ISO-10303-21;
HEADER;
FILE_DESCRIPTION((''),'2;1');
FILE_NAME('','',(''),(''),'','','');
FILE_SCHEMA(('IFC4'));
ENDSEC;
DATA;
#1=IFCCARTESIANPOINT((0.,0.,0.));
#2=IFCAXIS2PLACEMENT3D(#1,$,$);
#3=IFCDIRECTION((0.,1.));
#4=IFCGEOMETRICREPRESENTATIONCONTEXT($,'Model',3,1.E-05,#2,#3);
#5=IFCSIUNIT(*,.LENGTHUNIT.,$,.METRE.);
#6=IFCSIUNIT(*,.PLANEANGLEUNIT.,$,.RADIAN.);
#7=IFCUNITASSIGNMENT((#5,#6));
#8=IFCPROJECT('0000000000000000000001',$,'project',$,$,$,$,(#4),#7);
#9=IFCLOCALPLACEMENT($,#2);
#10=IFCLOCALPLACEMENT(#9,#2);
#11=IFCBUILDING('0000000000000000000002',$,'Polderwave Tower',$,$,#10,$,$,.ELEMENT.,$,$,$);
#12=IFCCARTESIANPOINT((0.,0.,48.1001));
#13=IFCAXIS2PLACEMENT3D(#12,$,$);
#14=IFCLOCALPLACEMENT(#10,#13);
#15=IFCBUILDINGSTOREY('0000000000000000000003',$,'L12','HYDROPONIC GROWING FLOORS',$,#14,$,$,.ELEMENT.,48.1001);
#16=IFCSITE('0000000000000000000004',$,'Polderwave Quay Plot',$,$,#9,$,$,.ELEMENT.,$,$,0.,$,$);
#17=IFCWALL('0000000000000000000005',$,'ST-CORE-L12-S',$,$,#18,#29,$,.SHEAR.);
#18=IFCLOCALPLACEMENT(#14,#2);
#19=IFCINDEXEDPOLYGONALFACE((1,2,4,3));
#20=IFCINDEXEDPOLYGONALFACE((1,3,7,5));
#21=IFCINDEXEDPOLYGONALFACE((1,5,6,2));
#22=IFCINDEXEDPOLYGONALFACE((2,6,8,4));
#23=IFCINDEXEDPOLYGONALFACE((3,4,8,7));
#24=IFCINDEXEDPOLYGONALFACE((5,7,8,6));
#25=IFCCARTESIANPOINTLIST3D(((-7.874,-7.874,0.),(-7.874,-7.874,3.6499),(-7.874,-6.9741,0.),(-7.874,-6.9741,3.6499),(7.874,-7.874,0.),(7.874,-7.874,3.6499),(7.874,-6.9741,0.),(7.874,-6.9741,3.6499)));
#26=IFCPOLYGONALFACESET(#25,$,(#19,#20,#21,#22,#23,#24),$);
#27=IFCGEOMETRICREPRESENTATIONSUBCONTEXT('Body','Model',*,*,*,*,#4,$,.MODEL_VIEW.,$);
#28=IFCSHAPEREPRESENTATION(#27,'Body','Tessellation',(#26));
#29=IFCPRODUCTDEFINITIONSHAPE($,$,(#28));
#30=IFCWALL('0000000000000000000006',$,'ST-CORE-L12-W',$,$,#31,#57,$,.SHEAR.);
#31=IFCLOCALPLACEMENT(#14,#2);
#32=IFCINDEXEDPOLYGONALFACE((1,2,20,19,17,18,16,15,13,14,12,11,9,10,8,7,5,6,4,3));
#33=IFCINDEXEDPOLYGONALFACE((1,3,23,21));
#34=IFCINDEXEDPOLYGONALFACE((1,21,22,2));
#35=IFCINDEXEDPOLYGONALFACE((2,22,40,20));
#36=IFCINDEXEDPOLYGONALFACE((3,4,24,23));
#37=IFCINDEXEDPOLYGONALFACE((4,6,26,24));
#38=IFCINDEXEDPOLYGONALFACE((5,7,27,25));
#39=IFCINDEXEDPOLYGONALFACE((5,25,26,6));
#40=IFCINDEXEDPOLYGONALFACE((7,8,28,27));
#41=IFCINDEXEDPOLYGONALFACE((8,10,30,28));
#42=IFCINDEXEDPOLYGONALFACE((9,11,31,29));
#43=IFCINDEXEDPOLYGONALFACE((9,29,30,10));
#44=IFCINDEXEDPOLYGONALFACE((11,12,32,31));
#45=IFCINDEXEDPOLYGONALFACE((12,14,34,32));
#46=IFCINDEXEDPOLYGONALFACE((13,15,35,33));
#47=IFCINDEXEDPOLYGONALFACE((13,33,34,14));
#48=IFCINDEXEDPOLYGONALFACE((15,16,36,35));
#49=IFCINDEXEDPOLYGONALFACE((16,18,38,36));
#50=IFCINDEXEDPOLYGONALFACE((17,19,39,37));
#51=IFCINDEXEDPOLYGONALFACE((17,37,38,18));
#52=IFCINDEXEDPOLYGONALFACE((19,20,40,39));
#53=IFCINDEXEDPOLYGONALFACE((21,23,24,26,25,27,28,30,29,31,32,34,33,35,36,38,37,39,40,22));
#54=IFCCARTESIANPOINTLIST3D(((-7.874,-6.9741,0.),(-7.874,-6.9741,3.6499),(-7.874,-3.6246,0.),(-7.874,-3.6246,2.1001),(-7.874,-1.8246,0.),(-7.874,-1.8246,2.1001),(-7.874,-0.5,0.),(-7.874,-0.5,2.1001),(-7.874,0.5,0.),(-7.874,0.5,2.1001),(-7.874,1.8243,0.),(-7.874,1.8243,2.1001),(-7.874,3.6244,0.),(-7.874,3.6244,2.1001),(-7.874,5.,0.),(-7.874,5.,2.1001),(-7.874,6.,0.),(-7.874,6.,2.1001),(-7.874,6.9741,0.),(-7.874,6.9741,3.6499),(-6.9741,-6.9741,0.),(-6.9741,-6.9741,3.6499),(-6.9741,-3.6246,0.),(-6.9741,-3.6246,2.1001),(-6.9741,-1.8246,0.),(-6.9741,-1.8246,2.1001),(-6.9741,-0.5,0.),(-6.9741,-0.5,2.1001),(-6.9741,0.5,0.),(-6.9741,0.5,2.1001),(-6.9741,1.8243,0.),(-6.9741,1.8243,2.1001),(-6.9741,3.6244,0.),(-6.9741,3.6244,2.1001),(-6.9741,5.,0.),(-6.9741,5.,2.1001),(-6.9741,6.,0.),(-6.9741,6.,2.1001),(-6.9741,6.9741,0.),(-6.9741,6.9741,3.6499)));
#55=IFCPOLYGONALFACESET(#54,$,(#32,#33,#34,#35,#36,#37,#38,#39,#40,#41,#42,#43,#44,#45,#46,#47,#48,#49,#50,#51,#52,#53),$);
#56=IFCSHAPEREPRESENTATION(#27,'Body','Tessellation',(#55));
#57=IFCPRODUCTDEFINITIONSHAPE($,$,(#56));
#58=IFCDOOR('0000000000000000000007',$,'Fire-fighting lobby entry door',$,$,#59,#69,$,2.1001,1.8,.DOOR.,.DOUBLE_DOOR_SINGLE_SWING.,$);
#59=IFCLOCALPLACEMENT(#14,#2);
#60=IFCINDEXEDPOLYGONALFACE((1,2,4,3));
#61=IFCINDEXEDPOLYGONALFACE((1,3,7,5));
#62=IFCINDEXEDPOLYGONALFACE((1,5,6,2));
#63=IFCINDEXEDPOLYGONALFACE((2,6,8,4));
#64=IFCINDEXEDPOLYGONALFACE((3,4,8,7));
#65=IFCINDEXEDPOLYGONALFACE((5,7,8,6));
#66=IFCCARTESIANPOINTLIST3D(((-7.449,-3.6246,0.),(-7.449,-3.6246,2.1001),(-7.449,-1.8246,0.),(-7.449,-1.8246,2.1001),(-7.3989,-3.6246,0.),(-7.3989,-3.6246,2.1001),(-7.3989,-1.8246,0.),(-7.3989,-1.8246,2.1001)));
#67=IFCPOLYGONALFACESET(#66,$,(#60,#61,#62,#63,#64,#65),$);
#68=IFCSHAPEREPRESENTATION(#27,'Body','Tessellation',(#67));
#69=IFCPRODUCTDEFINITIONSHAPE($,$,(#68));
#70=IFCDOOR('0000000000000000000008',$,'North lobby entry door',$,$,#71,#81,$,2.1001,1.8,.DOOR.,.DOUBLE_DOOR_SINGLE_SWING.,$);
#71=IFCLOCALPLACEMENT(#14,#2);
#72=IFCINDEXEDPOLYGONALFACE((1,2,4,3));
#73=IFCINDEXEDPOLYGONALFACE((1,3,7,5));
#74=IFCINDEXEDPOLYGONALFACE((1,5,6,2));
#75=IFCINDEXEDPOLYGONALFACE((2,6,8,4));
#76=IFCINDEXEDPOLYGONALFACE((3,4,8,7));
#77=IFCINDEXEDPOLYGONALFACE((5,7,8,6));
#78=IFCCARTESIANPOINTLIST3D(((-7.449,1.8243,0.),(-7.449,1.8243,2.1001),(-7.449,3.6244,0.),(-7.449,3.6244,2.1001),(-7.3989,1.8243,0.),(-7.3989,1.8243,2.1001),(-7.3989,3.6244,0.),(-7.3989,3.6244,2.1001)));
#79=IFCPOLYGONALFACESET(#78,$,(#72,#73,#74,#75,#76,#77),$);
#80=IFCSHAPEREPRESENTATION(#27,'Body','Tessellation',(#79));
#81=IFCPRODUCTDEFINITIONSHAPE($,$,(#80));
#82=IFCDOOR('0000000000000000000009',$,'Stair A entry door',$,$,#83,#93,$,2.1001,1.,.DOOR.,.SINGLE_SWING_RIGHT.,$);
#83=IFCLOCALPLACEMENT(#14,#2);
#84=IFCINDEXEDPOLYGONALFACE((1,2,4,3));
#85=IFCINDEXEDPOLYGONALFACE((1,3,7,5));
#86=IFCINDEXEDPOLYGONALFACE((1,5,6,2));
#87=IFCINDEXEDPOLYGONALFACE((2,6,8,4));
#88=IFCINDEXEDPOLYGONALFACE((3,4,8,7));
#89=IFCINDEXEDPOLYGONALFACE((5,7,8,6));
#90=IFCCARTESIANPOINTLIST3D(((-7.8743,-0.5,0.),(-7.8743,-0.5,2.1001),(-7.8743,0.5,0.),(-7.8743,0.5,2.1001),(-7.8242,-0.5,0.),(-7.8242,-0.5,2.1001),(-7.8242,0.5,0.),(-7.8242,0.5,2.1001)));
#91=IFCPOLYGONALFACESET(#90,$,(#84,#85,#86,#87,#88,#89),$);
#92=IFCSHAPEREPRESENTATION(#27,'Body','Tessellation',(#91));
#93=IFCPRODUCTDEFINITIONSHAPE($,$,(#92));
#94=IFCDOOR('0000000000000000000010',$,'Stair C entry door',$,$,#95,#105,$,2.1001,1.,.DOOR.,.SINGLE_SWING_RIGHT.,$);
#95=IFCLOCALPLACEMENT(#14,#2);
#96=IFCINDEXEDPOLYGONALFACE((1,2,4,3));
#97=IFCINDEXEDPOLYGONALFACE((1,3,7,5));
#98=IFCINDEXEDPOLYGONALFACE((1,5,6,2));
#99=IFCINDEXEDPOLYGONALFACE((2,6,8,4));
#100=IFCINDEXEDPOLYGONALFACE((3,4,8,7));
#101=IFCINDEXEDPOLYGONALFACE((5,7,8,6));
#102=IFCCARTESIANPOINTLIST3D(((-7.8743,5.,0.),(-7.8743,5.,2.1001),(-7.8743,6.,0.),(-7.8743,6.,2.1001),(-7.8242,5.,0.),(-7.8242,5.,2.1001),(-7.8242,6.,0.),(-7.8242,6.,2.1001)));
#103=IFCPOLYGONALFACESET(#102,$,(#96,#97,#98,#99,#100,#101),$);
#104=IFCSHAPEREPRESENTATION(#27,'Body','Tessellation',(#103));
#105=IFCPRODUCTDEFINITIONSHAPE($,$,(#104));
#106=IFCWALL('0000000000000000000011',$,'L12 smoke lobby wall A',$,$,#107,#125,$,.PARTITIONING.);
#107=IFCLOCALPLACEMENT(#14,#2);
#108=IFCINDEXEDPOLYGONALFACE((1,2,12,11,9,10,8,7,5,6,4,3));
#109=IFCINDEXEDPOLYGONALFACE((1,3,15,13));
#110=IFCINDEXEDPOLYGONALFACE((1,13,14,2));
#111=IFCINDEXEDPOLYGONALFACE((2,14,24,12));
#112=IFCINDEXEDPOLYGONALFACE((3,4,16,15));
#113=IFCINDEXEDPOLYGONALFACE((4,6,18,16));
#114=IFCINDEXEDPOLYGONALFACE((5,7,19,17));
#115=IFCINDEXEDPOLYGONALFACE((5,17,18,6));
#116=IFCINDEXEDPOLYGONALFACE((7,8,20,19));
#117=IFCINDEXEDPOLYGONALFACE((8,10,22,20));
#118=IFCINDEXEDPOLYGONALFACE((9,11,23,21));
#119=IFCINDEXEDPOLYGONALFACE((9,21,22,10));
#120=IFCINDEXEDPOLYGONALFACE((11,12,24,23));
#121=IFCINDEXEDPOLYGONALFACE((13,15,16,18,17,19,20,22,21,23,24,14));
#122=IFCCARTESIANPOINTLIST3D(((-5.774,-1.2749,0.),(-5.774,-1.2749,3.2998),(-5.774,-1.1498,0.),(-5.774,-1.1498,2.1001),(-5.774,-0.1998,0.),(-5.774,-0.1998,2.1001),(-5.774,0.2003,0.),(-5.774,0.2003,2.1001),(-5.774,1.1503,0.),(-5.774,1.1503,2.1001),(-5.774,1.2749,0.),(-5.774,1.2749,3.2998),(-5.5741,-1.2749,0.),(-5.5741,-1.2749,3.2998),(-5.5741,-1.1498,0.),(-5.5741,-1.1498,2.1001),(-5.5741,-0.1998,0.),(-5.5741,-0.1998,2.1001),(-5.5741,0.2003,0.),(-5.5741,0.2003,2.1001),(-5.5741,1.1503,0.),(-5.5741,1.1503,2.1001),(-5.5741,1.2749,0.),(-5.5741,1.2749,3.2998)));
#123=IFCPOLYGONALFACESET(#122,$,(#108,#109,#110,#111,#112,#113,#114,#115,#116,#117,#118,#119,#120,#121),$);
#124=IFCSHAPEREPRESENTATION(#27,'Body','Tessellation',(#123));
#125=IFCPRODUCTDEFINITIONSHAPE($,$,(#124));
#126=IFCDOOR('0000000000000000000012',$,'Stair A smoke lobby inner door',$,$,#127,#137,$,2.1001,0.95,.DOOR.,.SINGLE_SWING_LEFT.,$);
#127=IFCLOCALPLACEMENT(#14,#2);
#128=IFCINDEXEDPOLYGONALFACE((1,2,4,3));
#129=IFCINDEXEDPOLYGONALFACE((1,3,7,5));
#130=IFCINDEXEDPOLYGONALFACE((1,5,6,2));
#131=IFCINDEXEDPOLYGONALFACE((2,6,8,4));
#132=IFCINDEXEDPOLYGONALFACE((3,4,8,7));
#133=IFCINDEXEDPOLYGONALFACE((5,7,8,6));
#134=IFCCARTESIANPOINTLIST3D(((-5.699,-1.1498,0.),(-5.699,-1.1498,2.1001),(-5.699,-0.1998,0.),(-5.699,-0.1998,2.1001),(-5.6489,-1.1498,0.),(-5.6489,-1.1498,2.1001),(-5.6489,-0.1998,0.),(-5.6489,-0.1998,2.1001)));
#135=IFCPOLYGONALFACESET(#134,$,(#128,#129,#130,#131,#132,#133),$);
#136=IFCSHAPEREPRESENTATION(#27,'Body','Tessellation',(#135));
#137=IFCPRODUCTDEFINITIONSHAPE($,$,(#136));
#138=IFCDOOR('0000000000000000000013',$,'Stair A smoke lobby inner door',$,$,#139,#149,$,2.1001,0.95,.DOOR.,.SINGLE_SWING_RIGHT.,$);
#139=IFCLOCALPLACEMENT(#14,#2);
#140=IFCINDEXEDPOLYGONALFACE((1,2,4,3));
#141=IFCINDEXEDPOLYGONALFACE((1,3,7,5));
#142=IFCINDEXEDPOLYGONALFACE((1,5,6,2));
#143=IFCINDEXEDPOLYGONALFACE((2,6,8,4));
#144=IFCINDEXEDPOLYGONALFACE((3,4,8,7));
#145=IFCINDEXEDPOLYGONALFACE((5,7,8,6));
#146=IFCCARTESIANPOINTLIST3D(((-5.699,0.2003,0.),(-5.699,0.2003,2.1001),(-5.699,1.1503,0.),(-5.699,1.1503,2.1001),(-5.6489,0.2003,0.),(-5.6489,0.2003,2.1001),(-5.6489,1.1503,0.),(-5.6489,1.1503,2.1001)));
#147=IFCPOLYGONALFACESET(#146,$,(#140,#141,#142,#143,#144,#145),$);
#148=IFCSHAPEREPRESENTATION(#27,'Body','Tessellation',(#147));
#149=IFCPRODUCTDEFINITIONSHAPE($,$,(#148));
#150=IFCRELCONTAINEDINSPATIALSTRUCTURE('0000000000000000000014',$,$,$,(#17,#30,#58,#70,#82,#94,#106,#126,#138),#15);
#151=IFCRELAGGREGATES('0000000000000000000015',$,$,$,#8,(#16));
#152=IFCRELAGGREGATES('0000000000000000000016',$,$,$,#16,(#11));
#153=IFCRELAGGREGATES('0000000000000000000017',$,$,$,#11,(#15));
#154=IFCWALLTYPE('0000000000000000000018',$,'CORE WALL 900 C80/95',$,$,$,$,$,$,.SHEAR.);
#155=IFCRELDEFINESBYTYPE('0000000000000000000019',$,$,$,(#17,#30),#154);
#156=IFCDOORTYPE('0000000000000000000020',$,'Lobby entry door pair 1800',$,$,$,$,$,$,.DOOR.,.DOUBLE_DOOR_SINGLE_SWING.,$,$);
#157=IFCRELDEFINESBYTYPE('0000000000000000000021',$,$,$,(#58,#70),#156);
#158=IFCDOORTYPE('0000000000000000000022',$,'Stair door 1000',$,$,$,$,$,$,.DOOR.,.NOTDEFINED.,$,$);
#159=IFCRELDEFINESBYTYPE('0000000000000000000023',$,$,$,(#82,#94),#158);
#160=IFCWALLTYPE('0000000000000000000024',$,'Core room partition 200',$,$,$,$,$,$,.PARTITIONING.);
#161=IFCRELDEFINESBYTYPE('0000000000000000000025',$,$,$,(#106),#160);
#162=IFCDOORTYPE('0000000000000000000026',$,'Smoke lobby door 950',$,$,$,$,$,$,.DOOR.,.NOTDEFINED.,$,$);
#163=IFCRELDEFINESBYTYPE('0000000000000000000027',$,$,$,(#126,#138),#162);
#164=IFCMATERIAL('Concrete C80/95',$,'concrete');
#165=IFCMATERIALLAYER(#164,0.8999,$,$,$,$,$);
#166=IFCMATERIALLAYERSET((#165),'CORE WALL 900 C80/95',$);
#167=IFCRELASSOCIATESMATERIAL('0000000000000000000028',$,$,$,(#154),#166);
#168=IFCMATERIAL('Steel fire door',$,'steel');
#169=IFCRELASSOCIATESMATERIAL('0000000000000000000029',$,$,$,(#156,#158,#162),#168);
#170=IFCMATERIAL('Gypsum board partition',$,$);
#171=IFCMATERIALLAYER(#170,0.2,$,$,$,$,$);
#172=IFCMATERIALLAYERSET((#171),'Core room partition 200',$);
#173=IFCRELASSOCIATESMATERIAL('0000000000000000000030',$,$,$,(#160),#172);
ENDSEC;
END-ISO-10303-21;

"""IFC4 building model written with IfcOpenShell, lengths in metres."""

from ifc_helpers import new_model, si_unit, direction, frame, frame_2d, origin, place, context, subcontext, project, spatial, rectangle, extrude, material, layer, layer_set, type_object, element, fill, save


model = new_model("IFC4")

# Units and contexts
model_context = context("Model", 3, precision=1e-05, world=origin(), true_north=direction((0.0, 1.0)))
body_context = subcontext(model_context, "Body", "Model", "MODEL_VIEW")
ifc_project = project(units=[si_unit("LENGTHUNIT", "METRE"), si_unit("PLANEANGLEUNIT", "RADIAN")], contexts=[model_context])

# Site, building, storey
site_placement = place(None, origin())
site = spatial("IfcSite", under=ifc_project, at=site_placement, Name="Polderwave Quay Plot", CompositionType="ELEMENT", RefElevation=0.0)
building_placement = place(site_placement, origin())
building = spatial("IfcBuilding", under=site, at=building_placement, Name="Polderwave Tower", CompositionType="ELEMENT")
storey_placement = place(building_placement, frame((0.0, 0.0, 48.1001)))
storey = spatial("IfcBuildingStorey", under=building, at=storey_placement, Name="L12", Description="HYDROPONIC GROWING FLOORS", CompositionType="ELEMENT", Elevation=48.1001)

# Wall
ifc_material_1 = material(Name="Concrete C80/95", Category="concrete")
ifc_layer_1 = layer(ifc_material_1, 0.8999)
ifc_layer_set_1 = layer_set([ifc_layer_1], Name="CORE WALL 900 C80/95")
wall_type_1 = type_object("IfcWallType", Name="CORE WALL 900 C80/95", PredefinedType="SHEAR", material=ifc_layer_set_1)
wall_1_placement = place(storey_placement, frame((-7.874, -7.4241, 0.0), z_axis=(0.0, 0.0, 1.0), x_axis=(1.0, 0.0, 0.0)))
element("IfcWall", 1, at=wall_1_placement, inside=storey, type_object=wall_type_1, Name="ST-CORE-L12-S", PredefinedType="SHEAR", context=body_context, shape_type="SweptSolid", body=[
    extrude(rectangle(XDim=15.748, YDim=0.8999, at=frame_2d((7.874, 0.0))), origin(), (0.0, 0.0, 1.0), 3.6499),
])

# Walls, openings, doors
wall_2_placement = place(storey_placement, frame((-7.4241, -6.9741, 0.0), z_axis=(0.0, 0.0, 1.0), x_axis=(0.0, 1.0, 0.0)))
wall_2 = element("IfcWall", 2, at=wall_2_placement, inside=storey, type_object=wall_type_1, Name="ST-CORE-L12-W", PredefinedType="SHEAR", context=body_context, shape_type="SweptSolid", body=[
    extrude(rectangle(XDim=13.9482, YDim=0.8999, at=frame_2d((6.9741, 0.0))), origin(), (0.0, 0.0, 1.0), 3.6499),
])
opening_1_placement = place(wall_2_placement, frame((6.4741, 0.0, 0.0)))
opening_1 = element("IfcOpeningElement", 3, at=opening_1_placement, cuts=wall_2, PredefinedType="OPENING", context=body_context, shape_type="SweptSolid", body=[
    extrude(rectangle(XDim=1.0, YDim=2.1001, at=frame_2d((0.5, 1.05))), frame((0.0, 0.46, 0.0), z_axis=(0.0, -1.0, 0.0), x_axis=(1.0, 0.0, 0.0)), (0.0, 0.0, 1.0), 0.9199),
])
opening_2_placement = place(wall_2_placement, frame((3.3496, 0.0, 0.0)))
opening_2 = element("IfcOpeningElement", 4, at=opening_2_placement, cuts=wall_2, PredefinedType="OPENING", context=body_context, shape_type="SweptSolid", body=[
    extrude(rectangle(XDim=1.8, YDim=2.1001, at=frame_2d((0.8999, 1.05))), frame((0.0, 0.46, 0.0), z_axis=(0.0, -1.0, 0.0), x_axis=(1.0, 0.0, 0.0)), (0.0, 0.0, 1.0), 0.9199),
])
opening_3_placement = place(wall_2_placement, frame((8.7986, 0.0, 0.0)))
opening_3 = element("IfcOpeningElement", 5, at=opening_3_placement, cuts=wall_2, PredefinedType="OPENING", context=body_context, shape_type="SweptSolid", body=[
    extrude(rectangle(XDim=1.8, YDim=2.1001, at=frame_2d((0.8999, 1.05))), frame((0.0, 0.46, 0.0), z_axis=(0.0, -1.0, 0.0), x_axis=(1.0, 0.0, 0.0)), (0.0, 0.0, 1.0), 0.9199),
])
opening_4_placement = place(wall_2_placement, frame((11.9741, 0.0, 0.0)))
opening_4 = element("IfcOpeningElement", 6, at=opening_4_placement, cuts=wall_2, PredefinedType="OPENING", context=body_context, shape_type="SweptSolid", body=[
    extrude(rectangle(XDim=1.0, YDim=2.1001, at=frame_2d((0.5, 1.05))), frame((0.0, 0.46, 0.0), z_axis=(0.0, -1.0, 0.0), x_axis=(1.0, 0.0, 0.0)), (0.0, 0.0, 1.0), 0.9199),
])
ifc_material_2 = material(Name="Steel fire door", Category="steel")
door_type_1 = type_object("IfcDoorType", Name="Lobby entry door pair 1800", OperationType="DOUBLE_DOOR_SINGLE_SWING", PredefinedType="DOOR", material=ifc_material_2)
door_1_placement = place(opening_2_placement, origin())
door_1 = element("IfcDoor", 7, at=door_1_placement, inside=storey, type_object=door_type_1, Name="Fire-fighting lobby entry door", OperationType="DOUBLE_DOOR_SINGLE_SWING", OverallHeight=2.1001, OverallWidth=1.8, PredefinedType="DOOR", context=body_context, shape_type="SweptSolid", body=[
    extrude(rectangle(XDim=1.8, YDim=2.1001, at=frame_2d((0.8999, 1.05))), frame((0.0, 0.0249, 0.0), z_axis=(0.0, -1.0, 0.0), x_axis=(1.0, 0.0, 0.0)), (0.0, 0.0, 1.0), 0.05),
])
fill(opening_2, door_1)
door_2_placement = place(opening_3_placement, origin())
door_2 = element("IfcDoor", 8, at=door_2_placement, inside=storey, type_object=door_type_1, Name="North lobby entry door", OperationType="DOUBLE_DOOR_SINGLE_SWING", OverallHeight=2.1001, OverallWidth=1.8, PredefinedType="DOOR", context=body_context, shape_type="SweptSolid", body=[
    extrude(rectangle(XDim=1.8, YDim=2.1001, at=frame_2d((0.8999, 1.05))), frame((0.0, 0.0249, 0.0), z_axis=(0.0, -1.0, 0.0), x_axis=(1.0, 0.0, 0.0)), (0.0, 0.0, 1.0), 0.05),
])
fill(opening_3, door_2)
door_type_2 = type_object("IfcDoorType", Name="Stair door 1000", OperationType="NOTDEFINED", PredefinedType="DOOR", material=ifc_material_2)
door_3_placement = place(opening_1_placement, origin())
door_3 = element("IfcDoor", 9, at=door_3_placement, inside=storey, type_object=door_type_2, Name="Stair A entry door", OperationType="SINGLE_SWING_RIGHT", OverallHeight=2.1001, OverallWidth=1.0, PredefinedType="DOOR", context=body_context, shape_type="SweptSolid", body=[
    extrude(rectangle(XDim=1.0, YDim=2.1001, at=frame_2d((0.5, 1.05))), frame((0.0, 0.4502, 0.0), z_axis=(0.0, -1.0, 0.0), x_axis=(1.0, 0.0, 0.0)), (0.0, 0.0, 1.0), 0.05),
])
fill(opening_1, door_3)
door_4_placement = place(opening_4_placement, origin())
door_4 = element("IfcDoor", 10, at=door_4_placement, inside=storey, type_object=door_type_2, Name="Stair C entry door", OperationType="SINGLE_SWING_RIGHT", OverallHeight=2.1001, OverallWidth=1.0, PredefinedType="DOOR", context=body_context, shape_type="SweptSolid", body=[
    extrude(rectangle(XDim=1.0, YDim=2.1001, at=frame_2d((0.5, 1.05))), frame((0.0, 0.4502, 0.0), z_axis=(0.0, -1.0, 0.0), x_axis=(1.0, 0.0, 0.0)), (0.0, 0.0, 1.0), 0.05),
])
fill(opening_4, door_4)
ifc_material_3 = material(Name="Gypsum board partition")
ifc_layer_2 = layer(ifc_material_3, 0.2)
ifc_layer_set_2 = layer_set([ifc_layer_2], Name="Core room partition 200")
wall_type_2 = type_object("IfcWallType", Name="Core room partition 200", PredefinedType="PARTITIONING", material=ifc_layer_set_2)
wall_3_placement = place(storey_placement, frame((-5.6741, -1.2749, 0.0), z_axis=(0.0, 0.0, 1.0), x_axis=(0.0, 1.0, 0.0)))
wall_3 = element("IfcWall", 11, at=wall_3_placement, inside=storey, type_object=wall_type_2, Name="L12 smoke lobby wall A", PredefinedType="PARTITIONING", context=body_context, shape_type="SweptSolid", body=[
    extrude(rectangle(XDim=2.5498, YDim=0.2, at=frame_2d((1.2749, 0.0))), origin(), (0.0, 0.0, 1.0), 3.2998),
])
opening_5_placement = place(wall_3_placement, frame((0.125, 0.0, 0.0)))
opening_5 = element("IfcOpeningElement", 12, at=opening_5_placement, cuts=wall_3, PredefinedType="OPENING", context=body_context, shape_type="SweptSolid", body=[
    extrude(rectangle(XDim=0.95, YDim=2.1001, at=frame_2d((0.4751, 1.05))), frame((0.0, 0.1099, 0.0), z_axis=(0.0, -1.0, 0.0), x_axis=(1.0, 0.0, 0.0)), (0.0, 0.0, 1.0), 0.22),
])
opening_6_placement = place(wall_3_placement, frame((1.4751, 0.0, 0.0)))
opening_6 = element("IfcOpeningElement", 13, at=opening_6_placement, cuts=wall_3, PredefinedType="OPENING", context=body_context, shape_type="SweptSolid", body=[
    extrude(rectangle(XDim=0.95, YDim=2.1001, at=frame_2d((0.4751, 1.05))), frame((0.0, 0.1099, 0.0), z_axis=(0.0, -1.0, 0.0), x_axis=(1.0, 0.0, 0.0)), (0.0, 0.0, 1.0), 0.22),
])
door_type_3 = type_object("IfcDoorType", Name="Smoke lobby door 950", OperationType="NOTDEFINED", PredefinedType="DOOR", material=ifc_material_2)
door_5_placement = place(opening_5_placement, origin())
door_5 = element("IfcDoor", 14, at=door_5_placement, inside=storey, type_object=door_type_3, Name="Stair A smoke lobby inner door", OperationType="SINGLE_SWING_LEFT", OverallHeight=2.1001, OverallWidth=0.95, PredefinedType="DOOR", context=body_context, shape_type="SweptSolid", body=[
    extrude(rectangle(XDim=0.95, YDim=2.1001, at=frame_2d((0.4751, 1.05))), frame((0.0, 0.0249, 0.0), z_axis=(0.0, -1.0, 0.0), x_axis=(1.0, 0.0, 0.0)), (0.0, 0.0, 1.0), 0.05),
])
fill(opening_5, door_5)
door_6_placement = place(opening_6_placement, origin())
door_6 = element("IfcDoor", 15, at=door_6_placement, inside=storey, type_object=door_type_3, Name="Stair A smoke lobby inner door", OperationType="SINGLE_SWING_RIGHT", OverallHeight=2.1001, OverallWidth=0.95, PredefinedType="DOOR", context=body_context, shape_type="SweptSolid", body=[
    extrude(rectangle(XDim=0.95, YDim=2.1001, at=frame_2d((0.4751, 1.05))), frame((0.0, 0.0249, 0.0), z_axis=(0.0, -1.0, 0.0), x_axis=(1.0, 0.0, 0.0)), (0.0, 0.0, 1.0), 0.05),
])
fill(opening_6, door_6)

save(model, "model.ifc")
